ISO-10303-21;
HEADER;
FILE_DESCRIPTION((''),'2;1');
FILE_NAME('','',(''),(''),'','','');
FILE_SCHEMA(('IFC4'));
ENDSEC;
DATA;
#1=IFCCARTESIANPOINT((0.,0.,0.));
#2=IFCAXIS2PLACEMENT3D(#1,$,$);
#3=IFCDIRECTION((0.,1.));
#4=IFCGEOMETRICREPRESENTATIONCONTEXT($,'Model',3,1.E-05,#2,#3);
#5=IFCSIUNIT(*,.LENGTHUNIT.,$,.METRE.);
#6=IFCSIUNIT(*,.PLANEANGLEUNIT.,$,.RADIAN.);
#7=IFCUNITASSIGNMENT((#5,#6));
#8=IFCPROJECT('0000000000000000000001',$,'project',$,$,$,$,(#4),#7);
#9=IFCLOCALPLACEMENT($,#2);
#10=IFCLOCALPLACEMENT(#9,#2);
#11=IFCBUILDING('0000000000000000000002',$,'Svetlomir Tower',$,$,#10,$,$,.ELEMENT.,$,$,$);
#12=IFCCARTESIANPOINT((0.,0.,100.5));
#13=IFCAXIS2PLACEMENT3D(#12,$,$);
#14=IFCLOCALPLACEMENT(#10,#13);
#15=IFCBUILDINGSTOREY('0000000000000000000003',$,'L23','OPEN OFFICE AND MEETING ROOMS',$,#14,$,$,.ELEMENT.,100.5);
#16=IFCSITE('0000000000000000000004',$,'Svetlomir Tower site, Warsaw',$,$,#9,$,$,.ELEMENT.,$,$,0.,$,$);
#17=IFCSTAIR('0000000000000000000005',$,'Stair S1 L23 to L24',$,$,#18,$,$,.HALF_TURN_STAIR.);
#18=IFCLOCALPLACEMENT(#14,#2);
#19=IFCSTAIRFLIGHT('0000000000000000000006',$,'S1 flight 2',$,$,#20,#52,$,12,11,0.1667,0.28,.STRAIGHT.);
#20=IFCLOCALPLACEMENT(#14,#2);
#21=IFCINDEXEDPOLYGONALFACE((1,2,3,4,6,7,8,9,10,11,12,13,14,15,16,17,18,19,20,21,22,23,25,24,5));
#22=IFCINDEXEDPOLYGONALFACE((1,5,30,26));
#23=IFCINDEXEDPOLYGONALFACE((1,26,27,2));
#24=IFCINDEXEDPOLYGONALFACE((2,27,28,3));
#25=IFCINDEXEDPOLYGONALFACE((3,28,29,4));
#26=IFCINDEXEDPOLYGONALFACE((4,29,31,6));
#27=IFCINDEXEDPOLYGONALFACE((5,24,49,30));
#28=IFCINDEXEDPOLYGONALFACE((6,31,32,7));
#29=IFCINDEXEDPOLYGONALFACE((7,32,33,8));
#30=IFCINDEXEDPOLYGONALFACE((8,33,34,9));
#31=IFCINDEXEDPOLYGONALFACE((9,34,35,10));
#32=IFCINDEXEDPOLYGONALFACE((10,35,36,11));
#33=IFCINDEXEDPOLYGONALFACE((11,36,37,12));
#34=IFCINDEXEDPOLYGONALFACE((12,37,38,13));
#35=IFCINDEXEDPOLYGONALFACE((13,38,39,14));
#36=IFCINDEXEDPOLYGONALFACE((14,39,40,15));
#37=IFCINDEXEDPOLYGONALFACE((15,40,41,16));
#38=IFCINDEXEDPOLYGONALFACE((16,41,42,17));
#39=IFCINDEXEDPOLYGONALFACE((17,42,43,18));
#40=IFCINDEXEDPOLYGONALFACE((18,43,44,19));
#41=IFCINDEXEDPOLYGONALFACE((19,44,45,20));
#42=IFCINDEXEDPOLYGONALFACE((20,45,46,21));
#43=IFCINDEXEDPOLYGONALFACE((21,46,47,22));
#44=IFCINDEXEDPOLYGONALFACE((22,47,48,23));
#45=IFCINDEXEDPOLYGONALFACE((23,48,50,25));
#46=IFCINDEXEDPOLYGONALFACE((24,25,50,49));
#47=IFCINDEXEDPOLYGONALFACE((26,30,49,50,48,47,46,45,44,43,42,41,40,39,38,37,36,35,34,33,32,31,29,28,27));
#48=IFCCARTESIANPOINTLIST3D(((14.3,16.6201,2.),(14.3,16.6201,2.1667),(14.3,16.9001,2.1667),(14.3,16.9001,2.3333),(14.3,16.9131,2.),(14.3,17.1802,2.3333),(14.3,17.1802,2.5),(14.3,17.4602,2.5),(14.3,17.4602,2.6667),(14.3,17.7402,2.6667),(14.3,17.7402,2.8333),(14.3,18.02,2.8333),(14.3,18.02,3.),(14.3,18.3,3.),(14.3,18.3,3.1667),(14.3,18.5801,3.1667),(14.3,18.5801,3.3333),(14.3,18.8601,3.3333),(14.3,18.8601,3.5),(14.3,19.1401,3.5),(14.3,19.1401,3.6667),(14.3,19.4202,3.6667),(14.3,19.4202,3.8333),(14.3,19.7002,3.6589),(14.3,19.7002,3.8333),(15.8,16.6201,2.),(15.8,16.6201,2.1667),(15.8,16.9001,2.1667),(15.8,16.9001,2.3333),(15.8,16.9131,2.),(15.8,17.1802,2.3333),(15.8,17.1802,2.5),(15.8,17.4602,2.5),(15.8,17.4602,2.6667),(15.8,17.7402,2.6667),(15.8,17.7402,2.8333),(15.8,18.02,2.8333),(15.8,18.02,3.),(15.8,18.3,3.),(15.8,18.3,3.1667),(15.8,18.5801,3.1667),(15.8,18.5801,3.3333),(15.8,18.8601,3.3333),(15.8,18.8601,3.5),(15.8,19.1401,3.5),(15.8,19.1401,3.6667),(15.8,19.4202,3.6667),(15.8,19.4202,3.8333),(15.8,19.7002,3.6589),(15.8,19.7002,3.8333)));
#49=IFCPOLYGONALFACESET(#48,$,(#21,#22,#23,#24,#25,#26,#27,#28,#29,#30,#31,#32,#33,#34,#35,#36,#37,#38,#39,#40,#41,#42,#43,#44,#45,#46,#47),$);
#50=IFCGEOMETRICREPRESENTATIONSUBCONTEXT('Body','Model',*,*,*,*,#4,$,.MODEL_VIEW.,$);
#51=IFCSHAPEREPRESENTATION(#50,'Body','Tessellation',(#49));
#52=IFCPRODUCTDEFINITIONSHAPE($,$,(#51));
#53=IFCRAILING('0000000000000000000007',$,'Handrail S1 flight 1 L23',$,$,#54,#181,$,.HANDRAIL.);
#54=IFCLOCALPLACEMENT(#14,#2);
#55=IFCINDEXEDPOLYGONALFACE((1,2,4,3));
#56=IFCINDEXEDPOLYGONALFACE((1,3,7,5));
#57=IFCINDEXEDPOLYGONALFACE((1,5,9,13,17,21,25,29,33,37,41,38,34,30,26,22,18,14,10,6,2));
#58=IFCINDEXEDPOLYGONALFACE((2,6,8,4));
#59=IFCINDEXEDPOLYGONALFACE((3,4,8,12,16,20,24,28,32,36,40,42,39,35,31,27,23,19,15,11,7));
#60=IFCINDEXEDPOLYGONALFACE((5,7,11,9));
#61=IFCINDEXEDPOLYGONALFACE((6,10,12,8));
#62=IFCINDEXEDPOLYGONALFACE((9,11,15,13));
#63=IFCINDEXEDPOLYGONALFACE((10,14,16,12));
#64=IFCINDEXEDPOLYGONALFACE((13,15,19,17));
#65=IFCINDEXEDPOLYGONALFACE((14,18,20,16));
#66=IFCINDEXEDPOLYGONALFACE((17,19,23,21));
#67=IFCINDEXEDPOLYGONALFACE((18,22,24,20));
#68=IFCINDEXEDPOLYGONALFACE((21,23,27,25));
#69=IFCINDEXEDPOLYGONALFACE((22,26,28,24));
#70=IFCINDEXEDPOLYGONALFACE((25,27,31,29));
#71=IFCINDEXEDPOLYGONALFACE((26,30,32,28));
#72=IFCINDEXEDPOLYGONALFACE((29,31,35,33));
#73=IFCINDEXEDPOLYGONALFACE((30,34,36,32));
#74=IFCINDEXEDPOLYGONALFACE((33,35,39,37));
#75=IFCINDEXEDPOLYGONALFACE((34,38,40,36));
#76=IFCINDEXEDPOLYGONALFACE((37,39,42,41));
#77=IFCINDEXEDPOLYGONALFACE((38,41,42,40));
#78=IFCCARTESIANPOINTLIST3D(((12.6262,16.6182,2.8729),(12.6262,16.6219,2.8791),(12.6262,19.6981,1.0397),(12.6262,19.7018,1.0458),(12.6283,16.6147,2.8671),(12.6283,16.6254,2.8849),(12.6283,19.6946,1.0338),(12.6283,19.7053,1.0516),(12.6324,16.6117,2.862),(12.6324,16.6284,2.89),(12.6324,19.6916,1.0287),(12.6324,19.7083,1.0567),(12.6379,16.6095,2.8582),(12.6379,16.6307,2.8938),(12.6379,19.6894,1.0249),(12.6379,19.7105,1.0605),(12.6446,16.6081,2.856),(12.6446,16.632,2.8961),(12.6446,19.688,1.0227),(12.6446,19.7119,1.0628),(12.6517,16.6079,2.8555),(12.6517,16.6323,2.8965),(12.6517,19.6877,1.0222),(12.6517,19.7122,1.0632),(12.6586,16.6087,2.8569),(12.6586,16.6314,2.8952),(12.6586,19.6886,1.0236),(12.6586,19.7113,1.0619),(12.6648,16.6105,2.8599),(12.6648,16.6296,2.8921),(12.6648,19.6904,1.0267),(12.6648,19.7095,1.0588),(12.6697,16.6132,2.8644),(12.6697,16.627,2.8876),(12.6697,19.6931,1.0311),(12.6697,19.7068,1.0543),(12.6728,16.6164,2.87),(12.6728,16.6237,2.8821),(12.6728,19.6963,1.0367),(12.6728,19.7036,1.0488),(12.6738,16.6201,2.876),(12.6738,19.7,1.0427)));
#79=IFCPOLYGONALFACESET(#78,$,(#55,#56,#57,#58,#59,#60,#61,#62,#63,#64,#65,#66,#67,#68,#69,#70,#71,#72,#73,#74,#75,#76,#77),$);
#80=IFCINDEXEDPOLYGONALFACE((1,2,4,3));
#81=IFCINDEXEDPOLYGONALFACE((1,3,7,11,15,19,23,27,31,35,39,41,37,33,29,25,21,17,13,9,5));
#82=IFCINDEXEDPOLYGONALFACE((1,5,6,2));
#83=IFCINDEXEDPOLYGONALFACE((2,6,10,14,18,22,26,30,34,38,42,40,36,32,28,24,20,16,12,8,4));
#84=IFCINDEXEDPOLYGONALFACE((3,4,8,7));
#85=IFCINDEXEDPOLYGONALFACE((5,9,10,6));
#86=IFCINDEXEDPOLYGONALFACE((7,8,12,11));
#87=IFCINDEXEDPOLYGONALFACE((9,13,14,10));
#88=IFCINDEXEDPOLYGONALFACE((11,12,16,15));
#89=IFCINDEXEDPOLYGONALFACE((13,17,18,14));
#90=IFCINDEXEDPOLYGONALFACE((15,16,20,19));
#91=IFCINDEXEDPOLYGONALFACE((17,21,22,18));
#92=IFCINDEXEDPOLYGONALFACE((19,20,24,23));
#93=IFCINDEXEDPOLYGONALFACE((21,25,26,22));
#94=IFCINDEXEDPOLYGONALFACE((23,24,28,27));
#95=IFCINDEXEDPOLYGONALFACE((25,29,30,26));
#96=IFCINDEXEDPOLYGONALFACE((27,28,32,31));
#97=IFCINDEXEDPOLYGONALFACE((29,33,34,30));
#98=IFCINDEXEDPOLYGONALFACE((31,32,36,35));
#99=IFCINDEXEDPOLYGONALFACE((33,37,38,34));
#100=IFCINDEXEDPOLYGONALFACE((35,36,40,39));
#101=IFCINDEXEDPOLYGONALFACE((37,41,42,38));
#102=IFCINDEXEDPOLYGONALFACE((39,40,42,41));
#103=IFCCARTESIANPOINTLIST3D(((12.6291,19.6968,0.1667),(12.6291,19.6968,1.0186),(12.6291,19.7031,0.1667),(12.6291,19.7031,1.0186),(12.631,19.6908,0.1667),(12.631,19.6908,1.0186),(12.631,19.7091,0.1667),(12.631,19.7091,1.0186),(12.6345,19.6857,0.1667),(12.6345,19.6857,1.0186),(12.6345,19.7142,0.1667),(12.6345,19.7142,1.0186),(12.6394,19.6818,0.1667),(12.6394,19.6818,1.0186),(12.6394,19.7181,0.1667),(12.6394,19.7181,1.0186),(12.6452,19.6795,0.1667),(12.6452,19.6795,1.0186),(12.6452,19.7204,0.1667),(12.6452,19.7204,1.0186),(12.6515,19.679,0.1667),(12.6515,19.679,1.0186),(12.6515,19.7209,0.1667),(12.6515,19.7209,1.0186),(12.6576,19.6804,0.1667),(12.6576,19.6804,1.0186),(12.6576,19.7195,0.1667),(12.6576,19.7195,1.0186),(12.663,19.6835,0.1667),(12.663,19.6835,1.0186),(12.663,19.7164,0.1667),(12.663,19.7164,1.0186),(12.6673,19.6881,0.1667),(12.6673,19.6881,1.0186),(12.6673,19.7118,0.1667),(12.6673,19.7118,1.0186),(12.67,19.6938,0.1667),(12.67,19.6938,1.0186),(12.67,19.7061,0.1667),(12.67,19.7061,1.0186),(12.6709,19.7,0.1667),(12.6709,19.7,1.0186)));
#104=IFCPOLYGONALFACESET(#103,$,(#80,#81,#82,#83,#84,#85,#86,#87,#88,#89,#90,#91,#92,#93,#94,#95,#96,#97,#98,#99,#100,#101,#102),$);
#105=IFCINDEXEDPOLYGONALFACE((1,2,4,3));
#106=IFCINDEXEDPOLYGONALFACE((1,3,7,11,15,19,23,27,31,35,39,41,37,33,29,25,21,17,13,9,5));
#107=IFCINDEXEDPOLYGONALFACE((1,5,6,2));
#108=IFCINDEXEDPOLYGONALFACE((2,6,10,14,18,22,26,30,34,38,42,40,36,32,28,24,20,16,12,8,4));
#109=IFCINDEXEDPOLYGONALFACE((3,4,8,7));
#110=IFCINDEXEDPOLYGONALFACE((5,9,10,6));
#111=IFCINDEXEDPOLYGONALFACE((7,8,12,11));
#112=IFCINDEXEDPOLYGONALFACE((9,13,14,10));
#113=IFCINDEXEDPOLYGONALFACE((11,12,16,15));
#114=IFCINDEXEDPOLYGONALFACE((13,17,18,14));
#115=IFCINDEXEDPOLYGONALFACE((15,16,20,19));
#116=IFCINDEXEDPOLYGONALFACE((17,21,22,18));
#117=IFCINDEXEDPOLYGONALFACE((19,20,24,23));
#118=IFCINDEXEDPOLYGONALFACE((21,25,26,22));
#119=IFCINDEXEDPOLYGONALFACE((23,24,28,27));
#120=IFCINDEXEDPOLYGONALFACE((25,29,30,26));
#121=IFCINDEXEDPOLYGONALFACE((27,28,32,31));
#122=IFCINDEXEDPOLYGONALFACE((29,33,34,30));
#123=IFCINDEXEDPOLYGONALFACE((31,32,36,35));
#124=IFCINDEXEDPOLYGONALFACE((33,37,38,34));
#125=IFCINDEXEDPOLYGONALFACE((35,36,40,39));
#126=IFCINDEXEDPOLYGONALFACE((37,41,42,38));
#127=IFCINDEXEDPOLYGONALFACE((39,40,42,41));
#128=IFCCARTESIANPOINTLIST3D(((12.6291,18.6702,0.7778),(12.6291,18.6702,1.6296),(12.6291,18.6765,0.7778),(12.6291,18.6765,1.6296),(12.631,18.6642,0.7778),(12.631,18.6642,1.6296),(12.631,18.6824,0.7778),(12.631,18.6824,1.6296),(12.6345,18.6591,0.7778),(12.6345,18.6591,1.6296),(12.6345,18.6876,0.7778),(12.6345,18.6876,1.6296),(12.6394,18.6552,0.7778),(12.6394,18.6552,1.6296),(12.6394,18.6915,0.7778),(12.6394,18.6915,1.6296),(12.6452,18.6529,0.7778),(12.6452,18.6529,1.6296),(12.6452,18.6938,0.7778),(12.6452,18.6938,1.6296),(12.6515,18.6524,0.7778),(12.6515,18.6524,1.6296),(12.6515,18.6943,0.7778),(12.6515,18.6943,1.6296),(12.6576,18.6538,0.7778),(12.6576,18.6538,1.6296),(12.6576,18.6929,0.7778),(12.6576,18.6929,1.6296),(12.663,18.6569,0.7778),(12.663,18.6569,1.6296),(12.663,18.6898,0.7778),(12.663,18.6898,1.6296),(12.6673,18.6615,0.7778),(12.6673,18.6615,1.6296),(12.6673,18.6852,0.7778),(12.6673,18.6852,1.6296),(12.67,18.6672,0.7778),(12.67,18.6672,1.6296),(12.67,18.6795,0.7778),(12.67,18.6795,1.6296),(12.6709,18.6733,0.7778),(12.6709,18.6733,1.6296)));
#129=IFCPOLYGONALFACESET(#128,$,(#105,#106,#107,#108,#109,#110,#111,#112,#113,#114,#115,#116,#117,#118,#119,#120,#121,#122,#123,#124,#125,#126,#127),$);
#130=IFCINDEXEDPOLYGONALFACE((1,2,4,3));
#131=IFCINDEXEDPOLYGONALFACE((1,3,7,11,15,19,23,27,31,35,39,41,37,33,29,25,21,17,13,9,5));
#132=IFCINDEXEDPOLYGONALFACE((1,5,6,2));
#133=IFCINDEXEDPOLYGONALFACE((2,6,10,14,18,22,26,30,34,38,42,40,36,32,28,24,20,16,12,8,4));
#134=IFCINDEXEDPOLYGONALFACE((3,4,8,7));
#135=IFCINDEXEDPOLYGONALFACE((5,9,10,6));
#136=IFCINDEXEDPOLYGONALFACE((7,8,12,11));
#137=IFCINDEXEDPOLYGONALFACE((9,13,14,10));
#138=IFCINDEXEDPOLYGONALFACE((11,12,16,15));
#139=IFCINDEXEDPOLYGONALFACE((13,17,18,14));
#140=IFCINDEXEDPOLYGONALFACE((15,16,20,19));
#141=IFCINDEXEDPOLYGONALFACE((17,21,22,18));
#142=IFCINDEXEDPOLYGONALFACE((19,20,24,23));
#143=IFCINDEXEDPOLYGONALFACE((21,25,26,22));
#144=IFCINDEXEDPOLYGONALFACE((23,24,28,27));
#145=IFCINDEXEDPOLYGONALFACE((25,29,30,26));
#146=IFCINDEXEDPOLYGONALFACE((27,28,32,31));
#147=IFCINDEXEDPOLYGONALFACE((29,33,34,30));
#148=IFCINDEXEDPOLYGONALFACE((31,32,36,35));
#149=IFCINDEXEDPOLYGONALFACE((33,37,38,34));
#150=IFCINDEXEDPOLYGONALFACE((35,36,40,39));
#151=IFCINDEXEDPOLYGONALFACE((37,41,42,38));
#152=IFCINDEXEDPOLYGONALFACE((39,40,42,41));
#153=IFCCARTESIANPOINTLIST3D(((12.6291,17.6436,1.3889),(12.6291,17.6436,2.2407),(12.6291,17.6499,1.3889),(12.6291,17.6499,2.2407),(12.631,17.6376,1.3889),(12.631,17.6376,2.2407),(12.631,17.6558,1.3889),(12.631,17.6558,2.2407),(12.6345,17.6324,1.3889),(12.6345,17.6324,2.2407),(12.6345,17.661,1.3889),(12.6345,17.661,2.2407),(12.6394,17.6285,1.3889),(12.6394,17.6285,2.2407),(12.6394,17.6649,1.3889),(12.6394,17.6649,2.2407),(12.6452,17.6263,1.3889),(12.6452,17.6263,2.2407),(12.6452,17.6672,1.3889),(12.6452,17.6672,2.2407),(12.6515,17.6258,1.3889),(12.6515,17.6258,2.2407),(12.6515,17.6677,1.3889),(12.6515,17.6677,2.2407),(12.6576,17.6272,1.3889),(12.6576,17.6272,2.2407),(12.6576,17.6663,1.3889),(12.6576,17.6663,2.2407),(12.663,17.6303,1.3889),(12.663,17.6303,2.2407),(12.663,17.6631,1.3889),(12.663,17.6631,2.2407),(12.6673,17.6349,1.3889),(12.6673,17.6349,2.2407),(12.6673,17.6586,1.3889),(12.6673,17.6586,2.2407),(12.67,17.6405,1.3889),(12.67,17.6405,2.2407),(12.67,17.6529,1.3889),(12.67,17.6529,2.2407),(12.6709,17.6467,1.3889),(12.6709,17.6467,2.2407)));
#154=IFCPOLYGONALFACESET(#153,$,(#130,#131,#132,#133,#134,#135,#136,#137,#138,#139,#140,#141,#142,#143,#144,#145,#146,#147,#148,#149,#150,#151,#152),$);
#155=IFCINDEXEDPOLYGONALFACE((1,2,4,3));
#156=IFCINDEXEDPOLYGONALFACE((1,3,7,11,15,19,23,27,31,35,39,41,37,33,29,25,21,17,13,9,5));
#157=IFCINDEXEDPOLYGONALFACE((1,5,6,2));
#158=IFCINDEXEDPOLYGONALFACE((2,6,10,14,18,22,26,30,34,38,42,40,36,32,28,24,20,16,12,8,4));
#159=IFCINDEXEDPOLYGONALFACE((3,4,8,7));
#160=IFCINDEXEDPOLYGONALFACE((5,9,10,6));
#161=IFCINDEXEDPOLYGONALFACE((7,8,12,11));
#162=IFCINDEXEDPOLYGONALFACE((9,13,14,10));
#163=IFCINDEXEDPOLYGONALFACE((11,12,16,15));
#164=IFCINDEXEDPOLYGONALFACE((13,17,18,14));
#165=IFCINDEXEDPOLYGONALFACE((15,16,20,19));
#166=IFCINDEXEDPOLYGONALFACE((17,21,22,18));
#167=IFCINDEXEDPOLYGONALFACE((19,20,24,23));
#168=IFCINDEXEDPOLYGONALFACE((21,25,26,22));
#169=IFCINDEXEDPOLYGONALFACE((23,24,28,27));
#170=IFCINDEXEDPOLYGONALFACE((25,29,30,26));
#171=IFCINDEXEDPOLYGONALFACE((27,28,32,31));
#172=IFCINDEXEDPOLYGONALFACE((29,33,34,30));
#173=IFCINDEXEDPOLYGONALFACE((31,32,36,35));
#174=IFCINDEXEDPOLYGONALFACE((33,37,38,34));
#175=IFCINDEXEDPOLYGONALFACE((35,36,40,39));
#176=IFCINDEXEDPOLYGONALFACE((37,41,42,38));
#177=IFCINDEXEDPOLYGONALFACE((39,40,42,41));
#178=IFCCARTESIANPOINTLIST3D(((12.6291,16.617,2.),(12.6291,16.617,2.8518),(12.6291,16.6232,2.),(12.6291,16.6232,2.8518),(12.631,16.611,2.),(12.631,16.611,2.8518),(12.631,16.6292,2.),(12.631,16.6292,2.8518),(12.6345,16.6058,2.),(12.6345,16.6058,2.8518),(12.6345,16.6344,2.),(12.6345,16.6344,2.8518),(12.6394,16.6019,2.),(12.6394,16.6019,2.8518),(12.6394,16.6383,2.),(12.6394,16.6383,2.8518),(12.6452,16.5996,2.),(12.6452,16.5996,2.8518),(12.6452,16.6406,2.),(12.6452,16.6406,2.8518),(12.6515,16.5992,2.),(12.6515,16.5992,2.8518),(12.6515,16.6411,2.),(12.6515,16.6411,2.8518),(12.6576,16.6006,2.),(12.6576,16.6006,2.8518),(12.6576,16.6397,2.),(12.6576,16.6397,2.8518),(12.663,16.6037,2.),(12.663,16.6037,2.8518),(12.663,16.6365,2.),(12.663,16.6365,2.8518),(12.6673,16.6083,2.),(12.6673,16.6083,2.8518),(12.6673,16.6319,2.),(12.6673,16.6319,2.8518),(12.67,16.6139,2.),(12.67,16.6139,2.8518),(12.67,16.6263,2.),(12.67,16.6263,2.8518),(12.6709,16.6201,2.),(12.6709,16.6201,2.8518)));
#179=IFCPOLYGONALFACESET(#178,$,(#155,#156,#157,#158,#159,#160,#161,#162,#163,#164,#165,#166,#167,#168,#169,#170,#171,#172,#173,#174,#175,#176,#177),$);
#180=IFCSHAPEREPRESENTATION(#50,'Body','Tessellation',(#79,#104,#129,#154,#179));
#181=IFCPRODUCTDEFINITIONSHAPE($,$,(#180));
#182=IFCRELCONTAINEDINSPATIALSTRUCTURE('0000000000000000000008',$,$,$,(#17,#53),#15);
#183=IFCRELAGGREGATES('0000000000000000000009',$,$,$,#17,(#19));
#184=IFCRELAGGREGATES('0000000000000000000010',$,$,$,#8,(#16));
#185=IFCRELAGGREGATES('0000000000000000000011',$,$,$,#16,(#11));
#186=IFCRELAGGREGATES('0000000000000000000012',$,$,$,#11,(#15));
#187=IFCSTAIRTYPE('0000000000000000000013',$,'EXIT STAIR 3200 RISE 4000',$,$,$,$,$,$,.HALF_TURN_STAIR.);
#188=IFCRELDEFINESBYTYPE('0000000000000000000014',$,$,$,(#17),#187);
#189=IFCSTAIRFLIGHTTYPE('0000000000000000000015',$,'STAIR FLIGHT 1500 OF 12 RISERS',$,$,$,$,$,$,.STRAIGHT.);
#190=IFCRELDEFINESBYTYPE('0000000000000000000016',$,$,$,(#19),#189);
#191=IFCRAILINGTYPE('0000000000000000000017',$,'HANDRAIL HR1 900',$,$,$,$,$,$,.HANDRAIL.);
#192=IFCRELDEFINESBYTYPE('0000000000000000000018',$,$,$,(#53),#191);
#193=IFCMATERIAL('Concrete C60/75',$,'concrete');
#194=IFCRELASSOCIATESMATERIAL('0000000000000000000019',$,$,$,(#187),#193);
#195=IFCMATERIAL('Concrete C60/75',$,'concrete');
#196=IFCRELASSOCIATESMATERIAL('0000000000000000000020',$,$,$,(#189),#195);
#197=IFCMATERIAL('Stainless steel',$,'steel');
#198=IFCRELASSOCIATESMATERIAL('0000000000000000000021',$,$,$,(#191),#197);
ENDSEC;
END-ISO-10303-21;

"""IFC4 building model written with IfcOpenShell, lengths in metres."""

from ifc_helpers import new_model, si_unit, direction, frame, origin, origin_2d, place, context, subcontext, project, spatial, polyline, circle, outline, extrude, material, type_object, element, aggregate, save


model = new_model("IFC4")

# Units and contexts
model_context = context("Model", 3, precision=1e-05, world=origin(), true_north=direction((0.0, 1.0)))
body_context = subcontext(model_context, "Body", "Model", "MODEL_VIEW")
ifc_project = project(units=[si_unit("LENGTHUNIT", "METRE"), si_unit("PLANEANGLEUNIT", "RADIAN")], contexts=[model_context])

# Site, building, storey
site_placement = place(None, origin())
site = spatial("IfcSite", under=ifc_project, at=site_placement, Name="Svetlomir Tower site, Warsaw", CompositionType="ELEMENT", RefElevation=0.0)
building_placement = place(site_placement, origin())
building = spatial("IfcBuilding", under=site, at=building_placement, Name="Svetlomir Tower", CompositionType="ELEMENT")
storey_placement = place(building_placement, frame((0.0, 0.0, 100.5)))
storey = spatial("IfcBuildingStorey", under=building, at=storey_placement, Name="L23", Description="OPEN OFFICE AND MEETING ROOMS", CompositionType="ELEMENT", Elevation=100.5)

# Stair, stair flight
ifc_material_1 = material(Name="Concrete C60/75", Category="concrete")
stair_type = type_object("IfcStairType", Name="EXIT STAIR 3200 RISE 4000", PredefinedType="HALF_TURN_STAIR", material=ifc_material_1)
stair_placement = place(storey_placement, origin())
stair = element("IfcStair", 1, at=stair_placement, inside=storey, type_object=stair_type, Name="Stair S1 L23 to L24", PredefinedType="HALF_TURN_STAIR")
ifc_material_2 = material(Name="Concrete C60/75", Category="concrete")
stair_flight_type = type_object("IfcStairFlightType", Name="STAIR FLIGHT 1500 OF 12 RISERS", PredefinedType="STRAIGHT", material=ifc_material_2)
stair_flight_1_placement = place(storey_placement, frame((15.05, 16.6201, 2.0), z_axis=(0.0, 0.0, 1.0), x_axis=(0.0, 1.0, 0.0)))
stair_flight_1 = element("IfcStairFlight", 2, at=stair_flight_1_placement, type_object=stair_flight_type, Name="S1 flight 2", NumberOfRisers=12, NumberOfTreads=11, PredefinedType="STRAIGHT", RiserHeight=0.1667, TreadLength=0.28, context=body_context, shape_type="SweptSolid", body=[
    extrude(outline(polyline([(0.0, 0.0), (0.0, 0.1667), (0.28, 0.1667), (0.28, 0.3333), (0.5601, 0.3333), (0.5601, 0.5), (0.8401, 0.5), (0.8401, 0.6667), (1.1201, 0.6667), (1.1201, 0.8333), (1.3999, 0.8333), (1.3999, 1.0), (1.6799, 1.0), (1.6799, 1.1667), (1.96, 1.1667), (1.96, 1.3333), (2.24, 1.3333), (2.24, 1.5), (2.52, 1.5), (2.52, 1.6667), (2.8, 1.6667), (2.8, 1.8333), (3.0801, 1.8333), (3.0801, 2.0), (3.0801, 1.6589), (0.293, 0.0), (0.0, 0.0)])), frame((0.0, 0.75, 0.0), z_axis=(0.0, -1.0, 0.0), x_axis=(1.0, 0.0, 0.0)), (0.0, 0.0, 1.0), 1.5),
])
aggregate(stair, [stair_flight_1])

# Railing
ifc_material_3 = material(Name="Stainless steel", Category="steel")
railing_type = type_object("IfcRailingType", Name="HANDRAIL HR1 900", PredefinedType="HANDRAIL", material=ifc_material_3)
railing_placement = place(storey_placement, frame((12.6499, 19.7, 0.1667)))
element("IfcRailing", 3, at=railing_placement, inside=storey, type_object=railing_type, Name="Handrail S1 flight 1 L23", PredefinedType="HANDRAIL", context=body_context, shape_type="SweptSolid", body=[
    extrude(circle(Radius=0.0239, at=origin_2d()), frame((0.0, 0.0, 0.876), z_axis=(0.0, -0.859291, 0.511487), x_axis=(1.0, 0.0, 0.0)), (0.0, 0.0, 1.0), 3.5842),
    extrude(circle(Radius=0.021, at=origin_2d()), origin(), (0.0, 0.0, 1.0), 0.8518),
    extrude(circle(Radius=0.021, at=origin_2d()), frame((0.0, -1.0266, 0.6111)), (0.0, 0.0, 1.0), 0.8518),
    extrude(circle(Radius=0.021, at=origin_2d()), frame((0.0, -2.0532, 1.2222)), (0.0, 0.0, 1.0), 0.8518),
    extrude(circle(Radius=0.021, at=origin_2d()), frame((0.0, -3.0798, 1.8333)), (0.0, 0.0, 1.0), 0.8518),
])

save(model, "model.ifc")
